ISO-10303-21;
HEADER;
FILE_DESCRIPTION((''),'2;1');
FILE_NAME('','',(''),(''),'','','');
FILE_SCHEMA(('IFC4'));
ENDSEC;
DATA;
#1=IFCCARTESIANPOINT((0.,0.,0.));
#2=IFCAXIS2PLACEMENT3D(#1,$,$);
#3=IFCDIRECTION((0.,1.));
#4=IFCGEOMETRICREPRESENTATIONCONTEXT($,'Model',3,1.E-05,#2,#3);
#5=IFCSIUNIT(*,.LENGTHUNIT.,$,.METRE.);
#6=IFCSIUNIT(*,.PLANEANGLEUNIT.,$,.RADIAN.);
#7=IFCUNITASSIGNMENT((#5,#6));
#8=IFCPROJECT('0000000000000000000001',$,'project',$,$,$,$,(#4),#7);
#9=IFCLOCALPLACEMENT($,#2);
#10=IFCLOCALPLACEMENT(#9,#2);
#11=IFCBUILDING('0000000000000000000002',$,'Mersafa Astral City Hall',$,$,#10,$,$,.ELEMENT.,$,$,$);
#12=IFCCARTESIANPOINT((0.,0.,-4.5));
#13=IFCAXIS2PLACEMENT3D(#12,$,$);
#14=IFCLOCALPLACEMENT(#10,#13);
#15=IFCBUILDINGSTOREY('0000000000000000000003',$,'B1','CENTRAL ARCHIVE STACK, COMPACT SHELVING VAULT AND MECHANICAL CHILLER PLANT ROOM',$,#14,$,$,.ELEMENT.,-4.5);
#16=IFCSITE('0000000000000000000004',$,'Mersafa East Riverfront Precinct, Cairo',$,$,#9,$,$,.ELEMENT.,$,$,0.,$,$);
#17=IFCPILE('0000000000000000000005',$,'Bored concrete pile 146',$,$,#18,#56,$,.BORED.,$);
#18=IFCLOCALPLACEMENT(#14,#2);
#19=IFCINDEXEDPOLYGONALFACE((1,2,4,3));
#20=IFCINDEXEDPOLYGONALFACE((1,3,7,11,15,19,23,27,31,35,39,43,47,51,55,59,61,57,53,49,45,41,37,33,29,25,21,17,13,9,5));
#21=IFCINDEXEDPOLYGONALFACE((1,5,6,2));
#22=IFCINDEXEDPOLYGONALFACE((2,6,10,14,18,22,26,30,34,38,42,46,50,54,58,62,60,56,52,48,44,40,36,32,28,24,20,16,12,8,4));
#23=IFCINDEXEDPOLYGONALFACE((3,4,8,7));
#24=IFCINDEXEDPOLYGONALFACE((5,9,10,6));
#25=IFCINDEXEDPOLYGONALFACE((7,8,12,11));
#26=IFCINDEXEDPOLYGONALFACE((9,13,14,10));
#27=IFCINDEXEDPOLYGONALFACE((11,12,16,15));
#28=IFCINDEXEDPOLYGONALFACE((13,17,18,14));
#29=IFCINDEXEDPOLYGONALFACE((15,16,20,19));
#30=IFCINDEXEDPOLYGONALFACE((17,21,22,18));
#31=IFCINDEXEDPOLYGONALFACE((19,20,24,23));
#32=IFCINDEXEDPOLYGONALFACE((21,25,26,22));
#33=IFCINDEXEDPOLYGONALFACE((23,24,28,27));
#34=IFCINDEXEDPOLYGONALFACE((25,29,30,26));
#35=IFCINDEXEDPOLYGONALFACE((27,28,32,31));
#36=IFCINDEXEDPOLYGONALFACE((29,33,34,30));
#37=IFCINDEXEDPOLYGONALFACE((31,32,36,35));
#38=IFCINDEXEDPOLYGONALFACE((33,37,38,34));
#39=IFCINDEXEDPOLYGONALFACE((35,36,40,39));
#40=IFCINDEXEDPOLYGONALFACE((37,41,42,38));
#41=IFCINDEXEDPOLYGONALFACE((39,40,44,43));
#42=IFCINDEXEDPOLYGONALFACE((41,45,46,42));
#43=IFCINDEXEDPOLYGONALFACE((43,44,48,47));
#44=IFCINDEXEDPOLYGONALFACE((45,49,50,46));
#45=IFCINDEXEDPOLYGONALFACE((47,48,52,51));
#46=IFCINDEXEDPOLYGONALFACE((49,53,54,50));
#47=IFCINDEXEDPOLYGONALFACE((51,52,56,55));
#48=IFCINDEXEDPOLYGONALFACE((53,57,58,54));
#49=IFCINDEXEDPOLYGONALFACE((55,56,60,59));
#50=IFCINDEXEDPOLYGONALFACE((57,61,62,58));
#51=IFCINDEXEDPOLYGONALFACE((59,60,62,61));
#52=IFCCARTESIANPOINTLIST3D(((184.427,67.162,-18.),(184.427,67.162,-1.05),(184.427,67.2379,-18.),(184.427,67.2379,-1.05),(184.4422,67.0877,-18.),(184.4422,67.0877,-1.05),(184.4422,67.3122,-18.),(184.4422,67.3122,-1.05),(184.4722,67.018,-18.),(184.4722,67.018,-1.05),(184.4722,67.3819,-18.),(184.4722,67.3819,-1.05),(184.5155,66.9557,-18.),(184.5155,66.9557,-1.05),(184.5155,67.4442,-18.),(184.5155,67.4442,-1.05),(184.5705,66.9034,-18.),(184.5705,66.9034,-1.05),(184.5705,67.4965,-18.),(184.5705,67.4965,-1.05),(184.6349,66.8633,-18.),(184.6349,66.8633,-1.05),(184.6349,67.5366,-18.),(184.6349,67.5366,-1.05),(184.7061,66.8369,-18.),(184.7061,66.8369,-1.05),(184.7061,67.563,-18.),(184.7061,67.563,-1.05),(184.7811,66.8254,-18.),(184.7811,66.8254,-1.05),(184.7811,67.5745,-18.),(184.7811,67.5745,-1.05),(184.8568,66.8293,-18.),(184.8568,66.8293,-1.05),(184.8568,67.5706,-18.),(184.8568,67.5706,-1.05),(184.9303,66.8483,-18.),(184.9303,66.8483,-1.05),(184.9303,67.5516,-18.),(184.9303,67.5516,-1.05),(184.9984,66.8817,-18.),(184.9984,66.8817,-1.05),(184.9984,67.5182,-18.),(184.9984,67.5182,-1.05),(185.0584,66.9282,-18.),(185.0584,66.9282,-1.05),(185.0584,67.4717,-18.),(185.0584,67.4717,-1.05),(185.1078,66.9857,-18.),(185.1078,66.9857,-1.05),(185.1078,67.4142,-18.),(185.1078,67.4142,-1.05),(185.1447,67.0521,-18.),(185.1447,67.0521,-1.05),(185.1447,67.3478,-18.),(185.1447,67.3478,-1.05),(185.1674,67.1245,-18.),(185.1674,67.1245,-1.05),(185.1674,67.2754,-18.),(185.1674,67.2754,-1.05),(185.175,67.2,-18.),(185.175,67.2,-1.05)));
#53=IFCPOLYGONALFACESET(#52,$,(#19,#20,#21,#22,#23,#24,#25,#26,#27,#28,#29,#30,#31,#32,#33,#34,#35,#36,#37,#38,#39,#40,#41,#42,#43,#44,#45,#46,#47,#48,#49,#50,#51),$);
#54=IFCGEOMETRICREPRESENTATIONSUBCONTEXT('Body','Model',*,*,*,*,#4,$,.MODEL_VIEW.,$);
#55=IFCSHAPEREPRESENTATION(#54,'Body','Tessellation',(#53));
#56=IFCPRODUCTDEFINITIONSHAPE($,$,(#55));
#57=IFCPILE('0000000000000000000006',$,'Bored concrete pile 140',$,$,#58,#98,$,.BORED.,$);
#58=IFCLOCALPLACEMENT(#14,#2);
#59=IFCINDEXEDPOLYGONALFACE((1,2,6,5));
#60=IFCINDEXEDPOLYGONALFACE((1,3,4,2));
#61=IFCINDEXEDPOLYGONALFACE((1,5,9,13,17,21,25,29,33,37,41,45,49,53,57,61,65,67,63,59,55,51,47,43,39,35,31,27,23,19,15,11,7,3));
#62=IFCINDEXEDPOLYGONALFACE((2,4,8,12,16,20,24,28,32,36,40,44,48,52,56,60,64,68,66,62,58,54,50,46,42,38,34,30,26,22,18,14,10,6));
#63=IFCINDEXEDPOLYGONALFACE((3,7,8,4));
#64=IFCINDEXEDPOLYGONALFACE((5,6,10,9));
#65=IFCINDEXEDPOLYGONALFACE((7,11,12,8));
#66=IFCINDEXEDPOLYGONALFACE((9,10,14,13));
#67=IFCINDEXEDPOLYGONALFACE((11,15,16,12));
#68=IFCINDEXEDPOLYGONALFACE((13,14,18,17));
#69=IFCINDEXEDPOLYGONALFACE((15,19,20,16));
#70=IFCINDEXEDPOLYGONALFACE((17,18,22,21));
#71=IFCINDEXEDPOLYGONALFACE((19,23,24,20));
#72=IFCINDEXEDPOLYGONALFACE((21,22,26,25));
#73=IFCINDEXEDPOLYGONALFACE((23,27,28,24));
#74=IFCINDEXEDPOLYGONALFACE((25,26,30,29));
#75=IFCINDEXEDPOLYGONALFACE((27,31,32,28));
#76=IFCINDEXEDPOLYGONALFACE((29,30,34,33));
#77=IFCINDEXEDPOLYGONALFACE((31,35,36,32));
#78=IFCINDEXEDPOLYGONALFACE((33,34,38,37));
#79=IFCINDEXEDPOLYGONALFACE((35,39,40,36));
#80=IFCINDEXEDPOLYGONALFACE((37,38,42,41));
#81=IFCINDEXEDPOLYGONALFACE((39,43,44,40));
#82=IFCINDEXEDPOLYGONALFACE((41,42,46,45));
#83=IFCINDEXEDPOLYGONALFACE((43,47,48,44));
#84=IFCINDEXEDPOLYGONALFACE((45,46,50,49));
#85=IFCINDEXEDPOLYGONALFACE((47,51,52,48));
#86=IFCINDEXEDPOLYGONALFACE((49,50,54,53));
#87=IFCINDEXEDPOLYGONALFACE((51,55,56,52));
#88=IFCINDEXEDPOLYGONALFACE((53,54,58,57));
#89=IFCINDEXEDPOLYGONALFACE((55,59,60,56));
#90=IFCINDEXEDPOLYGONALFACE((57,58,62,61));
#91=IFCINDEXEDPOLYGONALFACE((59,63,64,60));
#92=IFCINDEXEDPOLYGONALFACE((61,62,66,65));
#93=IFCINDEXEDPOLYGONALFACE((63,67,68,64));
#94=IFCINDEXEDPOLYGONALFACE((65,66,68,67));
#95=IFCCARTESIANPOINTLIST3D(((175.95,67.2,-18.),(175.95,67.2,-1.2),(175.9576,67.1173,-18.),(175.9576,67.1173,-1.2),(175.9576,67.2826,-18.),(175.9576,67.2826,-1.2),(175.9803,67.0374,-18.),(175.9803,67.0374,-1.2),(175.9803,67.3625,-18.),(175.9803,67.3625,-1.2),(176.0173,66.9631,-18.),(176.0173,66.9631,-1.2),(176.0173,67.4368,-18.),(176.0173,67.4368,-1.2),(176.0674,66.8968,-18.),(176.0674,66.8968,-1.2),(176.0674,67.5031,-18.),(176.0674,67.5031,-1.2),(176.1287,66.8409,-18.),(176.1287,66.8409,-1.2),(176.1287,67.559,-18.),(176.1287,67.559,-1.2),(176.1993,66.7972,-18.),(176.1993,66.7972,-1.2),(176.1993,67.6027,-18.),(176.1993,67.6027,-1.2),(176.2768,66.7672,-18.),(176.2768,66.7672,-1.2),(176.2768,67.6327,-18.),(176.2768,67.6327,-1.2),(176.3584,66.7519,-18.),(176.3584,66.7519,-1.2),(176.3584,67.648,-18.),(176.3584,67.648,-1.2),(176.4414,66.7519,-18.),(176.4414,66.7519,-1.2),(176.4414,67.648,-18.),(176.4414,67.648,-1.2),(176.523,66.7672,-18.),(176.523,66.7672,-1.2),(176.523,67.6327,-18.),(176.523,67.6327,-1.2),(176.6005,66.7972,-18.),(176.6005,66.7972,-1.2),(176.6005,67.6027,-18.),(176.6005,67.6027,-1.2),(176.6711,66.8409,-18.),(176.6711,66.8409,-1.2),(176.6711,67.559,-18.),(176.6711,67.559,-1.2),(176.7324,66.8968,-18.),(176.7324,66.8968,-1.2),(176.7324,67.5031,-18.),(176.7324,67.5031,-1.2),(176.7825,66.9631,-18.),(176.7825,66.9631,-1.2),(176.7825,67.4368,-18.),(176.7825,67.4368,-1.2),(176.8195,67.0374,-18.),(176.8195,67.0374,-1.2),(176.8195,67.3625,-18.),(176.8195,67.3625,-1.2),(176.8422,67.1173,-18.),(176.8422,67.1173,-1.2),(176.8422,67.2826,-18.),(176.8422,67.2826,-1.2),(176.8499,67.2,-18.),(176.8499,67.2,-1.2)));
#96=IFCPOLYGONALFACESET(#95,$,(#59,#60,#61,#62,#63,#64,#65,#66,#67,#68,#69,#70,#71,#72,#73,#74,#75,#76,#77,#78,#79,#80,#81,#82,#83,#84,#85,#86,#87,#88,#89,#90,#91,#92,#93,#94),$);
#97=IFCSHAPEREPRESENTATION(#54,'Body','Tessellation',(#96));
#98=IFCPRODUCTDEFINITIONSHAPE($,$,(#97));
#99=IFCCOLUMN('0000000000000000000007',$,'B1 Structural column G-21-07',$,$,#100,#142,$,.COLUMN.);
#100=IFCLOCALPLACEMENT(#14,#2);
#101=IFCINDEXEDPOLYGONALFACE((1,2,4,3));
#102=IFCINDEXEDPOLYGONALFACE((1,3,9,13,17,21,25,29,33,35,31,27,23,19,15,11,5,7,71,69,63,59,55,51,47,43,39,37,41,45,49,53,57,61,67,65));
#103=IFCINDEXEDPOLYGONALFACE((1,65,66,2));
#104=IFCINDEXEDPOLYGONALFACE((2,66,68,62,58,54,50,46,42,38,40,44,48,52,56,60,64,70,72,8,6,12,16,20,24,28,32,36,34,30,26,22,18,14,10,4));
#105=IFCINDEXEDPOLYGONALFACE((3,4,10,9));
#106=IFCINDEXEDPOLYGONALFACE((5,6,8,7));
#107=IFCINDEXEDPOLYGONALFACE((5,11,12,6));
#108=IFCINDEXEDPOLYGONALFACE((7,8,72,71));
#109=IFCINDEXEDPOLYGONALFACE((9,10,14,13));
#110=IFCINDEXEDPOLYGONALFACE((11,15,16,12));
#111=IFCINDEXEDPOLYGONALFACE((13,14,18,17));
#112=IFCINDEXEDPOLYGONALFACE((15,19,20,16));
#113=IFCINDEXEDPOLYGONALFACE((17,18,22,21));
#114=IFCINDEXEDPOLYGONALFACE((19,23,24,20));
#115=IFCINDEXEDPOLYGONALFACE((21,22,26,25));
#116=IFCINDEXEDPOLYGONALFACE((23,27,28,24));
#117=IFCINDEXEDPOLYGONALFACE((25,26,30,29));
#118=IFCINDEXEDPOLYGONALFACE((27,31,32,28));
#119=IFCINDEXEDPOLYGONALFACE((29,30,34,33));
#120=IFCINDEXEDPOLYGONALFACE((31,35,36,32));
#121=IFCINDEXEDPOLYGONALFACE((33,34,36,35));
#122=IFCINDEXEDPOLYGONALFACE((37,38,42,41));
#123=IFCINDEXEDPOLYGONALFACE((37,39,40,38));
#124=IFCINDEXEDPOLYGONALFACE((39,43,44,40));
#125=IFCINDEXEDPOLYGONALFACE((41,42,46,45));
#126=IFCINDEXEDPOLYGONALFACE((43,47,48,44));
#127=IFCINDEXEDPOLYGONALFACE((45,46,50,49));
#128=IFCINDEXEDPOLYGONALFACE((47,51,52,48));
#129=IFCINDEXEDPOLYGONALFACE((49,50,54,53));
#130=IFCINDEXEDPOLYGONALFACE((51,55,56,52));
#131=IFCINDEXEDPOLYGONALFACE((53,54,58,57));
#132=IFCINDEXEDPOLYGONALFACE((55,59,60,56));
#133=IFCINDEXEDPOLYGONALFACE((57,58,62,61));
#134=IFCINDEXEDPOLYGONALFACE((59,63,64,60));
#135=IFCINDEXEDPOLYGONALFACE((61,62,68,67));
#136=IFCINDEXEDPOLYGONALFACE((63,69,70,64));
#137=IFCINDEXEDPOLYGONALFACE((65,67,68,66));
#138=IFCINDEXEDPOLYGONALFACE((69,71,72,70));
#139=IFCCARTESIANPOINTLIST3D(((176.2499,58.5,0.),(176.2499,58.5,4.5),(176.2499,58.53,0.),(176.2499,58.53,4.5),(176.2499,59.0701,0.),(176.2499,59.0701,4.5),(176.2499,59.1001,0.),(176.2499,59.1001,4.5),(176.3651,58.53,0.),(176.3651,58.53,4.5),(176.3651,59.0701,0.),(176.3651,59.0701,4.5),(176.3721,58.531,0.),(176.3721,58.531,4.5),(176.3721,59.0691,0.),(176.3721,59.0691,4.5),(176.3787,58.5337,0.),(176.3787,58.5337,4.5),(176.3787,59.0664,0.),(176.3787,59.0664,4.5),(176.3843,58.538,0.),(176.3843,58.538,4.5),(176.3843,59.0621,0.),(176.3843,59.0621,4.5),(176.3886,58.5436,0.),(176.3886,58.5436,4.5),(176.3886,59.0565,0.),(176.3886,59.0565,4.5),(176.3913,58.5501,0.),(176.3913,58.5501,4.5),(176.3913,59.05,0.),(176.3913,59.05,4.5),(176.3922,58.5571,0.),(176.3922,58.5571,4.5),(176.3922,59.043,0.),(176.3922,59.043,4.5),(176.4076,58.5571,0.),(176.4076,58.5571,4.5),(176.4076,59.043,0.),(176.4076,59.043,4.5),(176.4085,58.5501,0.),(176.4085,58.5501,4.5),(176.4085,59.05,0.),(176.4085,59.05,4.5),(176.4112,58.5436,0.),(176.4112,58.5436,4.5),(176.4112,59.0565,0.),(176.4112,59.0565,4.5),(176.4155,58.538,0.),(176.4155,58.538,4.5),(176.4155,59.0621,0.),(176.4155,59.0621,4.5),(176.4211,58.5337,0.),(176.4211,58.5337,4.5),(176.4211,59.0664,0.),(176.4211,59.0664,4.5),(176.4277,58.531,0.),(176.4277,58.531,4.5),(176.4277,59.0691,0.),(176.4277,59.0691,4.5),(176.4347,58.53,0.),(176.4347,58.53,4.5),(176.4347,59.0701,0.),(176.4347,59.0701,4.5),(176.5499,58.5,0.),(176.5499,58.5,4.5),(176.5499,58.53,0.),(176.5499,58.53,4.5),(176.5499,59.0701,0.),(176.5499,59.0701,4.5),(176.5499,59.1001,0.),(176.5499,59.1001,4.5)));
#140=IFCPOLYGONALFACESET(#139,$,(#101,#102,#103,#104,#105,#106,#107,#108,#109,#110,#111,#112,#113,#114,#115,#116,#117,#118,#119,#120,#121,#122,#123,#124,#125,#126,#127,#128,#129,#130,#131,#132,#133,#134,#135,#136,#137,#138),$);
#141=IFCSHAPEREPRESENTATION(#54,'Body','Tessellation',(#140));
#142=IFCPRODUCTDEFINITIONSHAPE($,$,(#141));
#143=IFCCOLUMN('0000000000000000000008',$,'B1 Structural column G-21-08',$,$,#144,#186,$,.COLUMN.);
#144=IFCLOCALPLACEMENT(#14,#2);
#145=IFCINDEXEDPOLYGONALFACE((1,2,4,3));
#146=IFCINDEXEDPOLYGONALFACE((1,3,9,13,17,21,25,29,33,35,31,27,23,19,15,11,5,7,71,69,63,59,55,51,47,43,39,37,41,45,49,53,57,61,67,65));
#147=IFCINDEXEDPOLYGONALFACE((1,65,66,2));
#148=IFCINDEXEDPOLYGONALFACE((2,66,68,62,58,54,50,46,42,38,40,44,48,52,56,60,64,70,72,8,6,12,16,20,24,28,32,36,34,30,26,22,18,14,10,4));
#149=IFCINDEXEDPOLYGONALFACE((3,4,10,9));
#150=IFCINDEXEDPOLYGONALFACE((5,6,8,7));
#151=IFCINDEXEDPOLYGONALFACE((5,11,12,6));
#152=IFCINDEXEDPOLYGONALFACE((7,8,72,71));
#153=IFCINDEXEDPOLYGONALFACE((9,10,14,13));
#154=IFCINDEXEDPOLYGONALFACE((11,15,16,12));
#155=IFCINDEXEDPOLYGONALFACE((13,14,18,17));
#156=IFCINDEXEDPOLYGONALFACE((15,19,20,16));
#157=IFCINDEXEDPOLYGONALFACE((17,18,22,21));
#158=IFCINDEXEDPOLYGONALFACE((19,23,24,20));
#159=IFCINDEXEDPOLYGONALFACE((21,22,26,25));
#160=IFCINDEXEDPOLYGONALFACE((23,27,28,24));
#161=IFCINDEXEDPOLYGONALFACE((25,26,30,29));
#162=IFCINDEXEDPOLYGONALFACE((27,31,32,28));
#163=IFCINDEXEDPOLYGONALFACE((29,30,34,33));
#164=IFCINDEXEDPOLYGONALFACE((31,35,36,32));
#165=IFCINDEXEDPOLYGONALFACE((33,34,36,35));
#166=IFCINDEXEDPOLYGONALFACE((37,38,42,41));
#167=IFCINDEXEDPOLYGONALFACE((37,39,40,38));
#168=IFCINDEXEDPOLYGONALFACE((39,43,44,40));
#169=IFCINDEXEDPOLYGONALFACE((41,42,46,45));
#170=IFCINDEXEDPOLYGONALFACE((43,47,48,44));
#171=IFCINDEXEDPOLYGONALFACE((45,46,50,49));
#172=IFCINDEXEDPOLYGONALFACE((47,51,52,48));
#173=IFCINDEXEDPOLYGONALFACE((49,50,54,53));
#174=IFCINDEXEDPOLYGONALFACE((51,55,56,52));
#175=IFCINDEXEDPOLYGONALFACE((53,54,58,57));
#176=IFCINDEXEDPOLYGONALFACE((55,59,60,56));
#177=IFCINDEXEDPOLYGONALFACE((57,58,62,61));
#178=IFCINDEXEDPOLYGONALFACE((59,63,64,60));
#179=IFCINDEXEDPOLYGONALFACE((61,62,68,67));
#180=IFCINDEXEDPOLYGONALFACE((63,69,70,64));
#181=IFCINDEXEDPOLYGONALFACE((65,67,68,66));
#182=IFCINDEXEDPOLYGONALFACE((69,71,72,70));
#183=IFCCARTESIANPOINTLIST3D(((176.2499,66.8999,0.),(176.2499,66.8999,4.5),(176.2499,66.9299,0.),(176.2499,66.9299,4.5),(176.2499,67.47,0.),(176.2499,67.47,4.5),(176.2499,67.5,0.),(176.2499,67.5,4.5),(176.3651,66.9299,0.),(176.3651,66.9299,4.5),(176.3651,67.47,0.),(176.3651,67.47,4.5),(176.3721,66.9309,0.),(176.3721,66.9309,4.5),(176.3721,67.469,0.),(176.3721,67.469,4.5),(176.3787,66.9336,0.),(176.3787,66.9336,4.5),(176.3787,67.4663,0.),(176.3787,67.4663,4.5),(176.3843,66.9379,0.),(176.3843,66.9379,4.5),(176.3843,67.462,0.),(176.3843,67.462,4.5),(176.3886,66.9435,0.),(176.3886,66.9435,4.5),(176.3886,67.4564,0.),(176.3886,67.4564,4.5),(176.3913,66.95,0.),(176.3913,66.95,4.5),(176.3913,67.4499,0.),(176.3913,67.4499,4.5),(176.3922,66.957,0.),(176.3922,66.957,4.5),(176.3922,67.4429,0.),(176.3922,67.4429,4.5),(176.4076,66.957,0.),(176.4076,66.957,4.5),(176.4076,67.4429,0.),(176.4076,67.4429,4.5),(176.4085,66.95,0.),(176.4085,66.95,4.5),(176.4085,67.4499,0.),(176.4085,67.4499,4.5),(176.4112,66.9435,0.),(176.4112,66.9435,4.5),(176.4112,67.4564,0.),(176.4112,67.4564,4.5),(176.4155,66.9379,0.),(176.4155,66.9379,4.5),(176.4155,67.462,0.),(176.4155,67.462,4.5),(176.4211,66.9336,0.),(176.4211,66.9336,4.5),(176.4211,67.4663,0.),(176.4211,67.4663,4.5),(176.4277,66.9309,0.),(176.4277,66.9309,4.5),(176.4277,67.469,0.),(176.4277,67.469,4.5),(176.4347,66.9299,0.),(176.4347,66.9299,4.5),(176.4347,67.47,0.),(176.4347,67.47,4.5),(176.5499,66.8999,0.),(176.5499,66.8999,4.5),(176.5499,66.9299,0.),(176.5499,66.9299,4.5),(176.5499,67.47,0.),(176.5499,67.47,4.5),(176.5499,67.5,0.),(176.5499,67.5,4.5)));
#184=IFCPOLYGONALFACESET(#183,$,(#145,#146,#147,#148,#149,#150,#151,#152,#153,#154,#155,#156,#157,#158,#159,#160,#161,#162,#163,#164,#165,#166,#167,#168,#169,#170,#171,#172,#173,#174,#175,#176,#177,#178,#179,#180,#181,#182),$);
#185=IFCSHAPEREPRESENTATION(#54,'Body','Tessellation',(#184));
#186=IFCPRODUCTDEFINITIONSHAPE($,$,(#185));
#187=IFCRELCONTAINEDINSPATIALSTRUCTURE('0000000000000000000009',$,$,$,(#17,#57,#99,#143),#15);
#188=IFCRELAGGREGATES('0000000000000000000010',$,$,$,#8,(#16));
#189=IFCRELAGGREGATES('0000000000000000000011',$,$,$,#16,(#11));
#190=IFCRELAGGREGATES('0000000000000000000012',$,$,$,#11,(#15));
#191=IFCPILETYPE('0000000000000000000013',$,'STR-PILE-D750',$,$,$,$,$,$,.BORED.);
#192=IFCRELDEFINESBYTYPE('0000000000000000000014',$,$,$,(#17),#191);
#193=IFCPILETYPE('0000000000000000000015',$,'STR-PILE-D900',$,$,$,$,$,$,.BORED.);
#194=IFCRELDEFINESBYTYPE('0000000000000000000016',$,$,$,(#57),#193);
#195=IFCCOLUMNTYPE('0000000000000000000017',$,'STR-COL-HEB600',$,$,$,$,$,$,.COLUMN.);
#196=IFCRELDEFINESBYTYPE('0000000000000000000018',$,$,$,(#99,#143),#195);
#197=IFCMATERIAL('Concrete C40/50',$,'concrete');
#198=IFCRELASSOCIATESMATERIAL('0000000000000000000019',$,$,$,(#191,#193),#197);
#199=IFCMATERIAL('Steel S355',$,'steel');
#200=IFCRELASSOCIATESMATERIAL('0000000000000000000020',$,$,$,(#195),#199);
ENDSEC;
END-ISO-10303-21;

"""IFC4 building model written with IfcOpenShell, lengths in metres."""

from ifc_helpers import new_model, si_unit, direction, frame, origin, origin_2d, place, context, subcontext, project, spatial, circle, i_section, extrude, material, material_profile, profile_set, type_object, element, save


model = new_model("IFC4")

# Units and contexts
model_context = context("Model", 3, precision=1e-05, world=origin(), true_north=direction((0.0, 1.0)))
body_context = subcontext(model_context, "Body", "Model", "MODEL_VIEW")
ifc_project = project(units=[si_unit("LENGTHUNIT", "METRE"), si_unit("PLANEANGLEUNIT", "RADIAN")], contexts=[model_context])

# Site, building, storey
site_placement = place(None, origin())
site = spatial("IfcSite", under=ifc_project, at=site_placement, Name="Mersafa East Riverfront Precinct, Cairo", CompositionType="ELEMENT", RefElevation=0.0)
building_placement = place(site_placement, origin())
building = spatial("IfcBuilding", under=site, at=building_placement, Name="Mersafa Astral City Hall", CompositionType="ELEMENT")
storey_placement = place(building_placement, frame((0.0, 0.0, -4.5)))
storey = spatial("IfcBuildingStorey", under=building, at=storey_placement, Name="B1", Description="CENTRAL ARCHIVE STACK, COMPACT SHELVING VAULT AND MECHANICAL CHILLER PLANT ROOM", CompositionType="ELEMENT", Elevation=-4.5)

# Shared definitions
ifc_material_1 = material(Name="Concrete C40/50", Category="concrete")

# Piles
ifc_material_profile_1 = material_profile(ifc_material_1, circle(Radius=0.375, at=origin_2d()), Name="PILE D750")
ifc_profile_set_1 = profile_set([ifc_material_profile_1], Name="Concrete C40/50")
pile_type_1 = type_object("IfcPileType", Name="STR-PILE-D750", PredefinedType="BORED", material=ifc_profile_set_1)
for number, where, z_axis, x_axis, name in (
    (1, (184.8, 67.2, -1.05), (0.0, 0.0, -1.0), (1.0, 0.0, 0.0), "Bored concrete pile 146"),
):
    element("IfcPile", number, at=place(storey_placement, frame(where, z_axis=z_axis, x_axis=x_axis)), inside=storey, type_object=pile_type_1, Name=name, PredefinedType="BORED", context=body_context, shape_type="SweptSolid", body=[
        extrude(circle(Radius=0.375, at=origin_2d()), origin(), (0.0, 0.0, 1.0), 16.95),
    ])
ifc_material_profile_2 = material_profile(ifc_material_1, circle(Radius=0.45, at=origin_2d()), Name="PILE D900")
ifc_profile_set_2 = profile_set([ifc_material_profile_2], Name="Concrete C40/50")
pile_type_2 = type_object("IfcPileType", Name="STR-PILE-D900", PredefinedType="BORED", material=ifc_profile_set_2)
pile_placement = place(storey_placement, frame((176.3999, 67.2, -1.2), z_axis=(0.0, 0.0, -1.0), x_axis=(1.0, 0.0, 0.0)))
element("IfcPile", 2, at=pile_placement, inside=storey, type_object=pile_type_2, Name="Bored concrete pile 140", PredefinedType="BORED", context=body_context, shape_type="SweptSolid", body=[
    extrude(circle(Radius=0.45, at=origin_2d()), origin(), (0.0, 0.0, 1.0), 16.8),
])

# Columns
ifc_material_2 = material(Name="Steel S355", Category="steel")
ifc_material_profile_3 = material_profile(ifc_material_2, i_section(OverallWidth=0.3, OverallDepth=0.6001, WebThickness=0.0154, FlangeThickness=0.03, FilletRadius=0.0271, at=origin_2d()), Name="HEB 600")
ifc_profile_set_3 = profile_set([ifc_material_profile_3], Name="Steel S355")
column_type_1 = type_object("IfcColumnType", Name="STR-COL-HEB600", PredefinedType="COLUMN", material=ifc_profile_set_3)
for number, where, z_axis, x_axis, name in (
    (3, (176.3999, 58.8, 0.0), (0.0, 0.0, 1.0), (1.0, 0.0, 0.0), "B1 Structural column G-21-07"),
    (4, (176.3999, 67.2, 0.0), (0.0, 0.0, 1.0), (1.0, 0.0, 0.0), "B1 Structural column G-21-08"),
):
    element("IfcColumn", number, at=place(storey_placement, frame(where, z_axis=z_axis, x_axis=x_axis)), inside=storey, type_object=column_type_1, Name=name, PredefinedType="COLUMN", context=body_context, shape_type="SweptSolid", body=[
        extrude(i_section(OverallWidth=0.3, OverallDepth=0.6001, WebThickness=0.0154, FlangeThickness=0.03, FilletRadius=0.0271, at=origin_2d()), origin(), (0.0, 0.0, 1.0), 4.5),
    ])

save(model, "model.ifc")
